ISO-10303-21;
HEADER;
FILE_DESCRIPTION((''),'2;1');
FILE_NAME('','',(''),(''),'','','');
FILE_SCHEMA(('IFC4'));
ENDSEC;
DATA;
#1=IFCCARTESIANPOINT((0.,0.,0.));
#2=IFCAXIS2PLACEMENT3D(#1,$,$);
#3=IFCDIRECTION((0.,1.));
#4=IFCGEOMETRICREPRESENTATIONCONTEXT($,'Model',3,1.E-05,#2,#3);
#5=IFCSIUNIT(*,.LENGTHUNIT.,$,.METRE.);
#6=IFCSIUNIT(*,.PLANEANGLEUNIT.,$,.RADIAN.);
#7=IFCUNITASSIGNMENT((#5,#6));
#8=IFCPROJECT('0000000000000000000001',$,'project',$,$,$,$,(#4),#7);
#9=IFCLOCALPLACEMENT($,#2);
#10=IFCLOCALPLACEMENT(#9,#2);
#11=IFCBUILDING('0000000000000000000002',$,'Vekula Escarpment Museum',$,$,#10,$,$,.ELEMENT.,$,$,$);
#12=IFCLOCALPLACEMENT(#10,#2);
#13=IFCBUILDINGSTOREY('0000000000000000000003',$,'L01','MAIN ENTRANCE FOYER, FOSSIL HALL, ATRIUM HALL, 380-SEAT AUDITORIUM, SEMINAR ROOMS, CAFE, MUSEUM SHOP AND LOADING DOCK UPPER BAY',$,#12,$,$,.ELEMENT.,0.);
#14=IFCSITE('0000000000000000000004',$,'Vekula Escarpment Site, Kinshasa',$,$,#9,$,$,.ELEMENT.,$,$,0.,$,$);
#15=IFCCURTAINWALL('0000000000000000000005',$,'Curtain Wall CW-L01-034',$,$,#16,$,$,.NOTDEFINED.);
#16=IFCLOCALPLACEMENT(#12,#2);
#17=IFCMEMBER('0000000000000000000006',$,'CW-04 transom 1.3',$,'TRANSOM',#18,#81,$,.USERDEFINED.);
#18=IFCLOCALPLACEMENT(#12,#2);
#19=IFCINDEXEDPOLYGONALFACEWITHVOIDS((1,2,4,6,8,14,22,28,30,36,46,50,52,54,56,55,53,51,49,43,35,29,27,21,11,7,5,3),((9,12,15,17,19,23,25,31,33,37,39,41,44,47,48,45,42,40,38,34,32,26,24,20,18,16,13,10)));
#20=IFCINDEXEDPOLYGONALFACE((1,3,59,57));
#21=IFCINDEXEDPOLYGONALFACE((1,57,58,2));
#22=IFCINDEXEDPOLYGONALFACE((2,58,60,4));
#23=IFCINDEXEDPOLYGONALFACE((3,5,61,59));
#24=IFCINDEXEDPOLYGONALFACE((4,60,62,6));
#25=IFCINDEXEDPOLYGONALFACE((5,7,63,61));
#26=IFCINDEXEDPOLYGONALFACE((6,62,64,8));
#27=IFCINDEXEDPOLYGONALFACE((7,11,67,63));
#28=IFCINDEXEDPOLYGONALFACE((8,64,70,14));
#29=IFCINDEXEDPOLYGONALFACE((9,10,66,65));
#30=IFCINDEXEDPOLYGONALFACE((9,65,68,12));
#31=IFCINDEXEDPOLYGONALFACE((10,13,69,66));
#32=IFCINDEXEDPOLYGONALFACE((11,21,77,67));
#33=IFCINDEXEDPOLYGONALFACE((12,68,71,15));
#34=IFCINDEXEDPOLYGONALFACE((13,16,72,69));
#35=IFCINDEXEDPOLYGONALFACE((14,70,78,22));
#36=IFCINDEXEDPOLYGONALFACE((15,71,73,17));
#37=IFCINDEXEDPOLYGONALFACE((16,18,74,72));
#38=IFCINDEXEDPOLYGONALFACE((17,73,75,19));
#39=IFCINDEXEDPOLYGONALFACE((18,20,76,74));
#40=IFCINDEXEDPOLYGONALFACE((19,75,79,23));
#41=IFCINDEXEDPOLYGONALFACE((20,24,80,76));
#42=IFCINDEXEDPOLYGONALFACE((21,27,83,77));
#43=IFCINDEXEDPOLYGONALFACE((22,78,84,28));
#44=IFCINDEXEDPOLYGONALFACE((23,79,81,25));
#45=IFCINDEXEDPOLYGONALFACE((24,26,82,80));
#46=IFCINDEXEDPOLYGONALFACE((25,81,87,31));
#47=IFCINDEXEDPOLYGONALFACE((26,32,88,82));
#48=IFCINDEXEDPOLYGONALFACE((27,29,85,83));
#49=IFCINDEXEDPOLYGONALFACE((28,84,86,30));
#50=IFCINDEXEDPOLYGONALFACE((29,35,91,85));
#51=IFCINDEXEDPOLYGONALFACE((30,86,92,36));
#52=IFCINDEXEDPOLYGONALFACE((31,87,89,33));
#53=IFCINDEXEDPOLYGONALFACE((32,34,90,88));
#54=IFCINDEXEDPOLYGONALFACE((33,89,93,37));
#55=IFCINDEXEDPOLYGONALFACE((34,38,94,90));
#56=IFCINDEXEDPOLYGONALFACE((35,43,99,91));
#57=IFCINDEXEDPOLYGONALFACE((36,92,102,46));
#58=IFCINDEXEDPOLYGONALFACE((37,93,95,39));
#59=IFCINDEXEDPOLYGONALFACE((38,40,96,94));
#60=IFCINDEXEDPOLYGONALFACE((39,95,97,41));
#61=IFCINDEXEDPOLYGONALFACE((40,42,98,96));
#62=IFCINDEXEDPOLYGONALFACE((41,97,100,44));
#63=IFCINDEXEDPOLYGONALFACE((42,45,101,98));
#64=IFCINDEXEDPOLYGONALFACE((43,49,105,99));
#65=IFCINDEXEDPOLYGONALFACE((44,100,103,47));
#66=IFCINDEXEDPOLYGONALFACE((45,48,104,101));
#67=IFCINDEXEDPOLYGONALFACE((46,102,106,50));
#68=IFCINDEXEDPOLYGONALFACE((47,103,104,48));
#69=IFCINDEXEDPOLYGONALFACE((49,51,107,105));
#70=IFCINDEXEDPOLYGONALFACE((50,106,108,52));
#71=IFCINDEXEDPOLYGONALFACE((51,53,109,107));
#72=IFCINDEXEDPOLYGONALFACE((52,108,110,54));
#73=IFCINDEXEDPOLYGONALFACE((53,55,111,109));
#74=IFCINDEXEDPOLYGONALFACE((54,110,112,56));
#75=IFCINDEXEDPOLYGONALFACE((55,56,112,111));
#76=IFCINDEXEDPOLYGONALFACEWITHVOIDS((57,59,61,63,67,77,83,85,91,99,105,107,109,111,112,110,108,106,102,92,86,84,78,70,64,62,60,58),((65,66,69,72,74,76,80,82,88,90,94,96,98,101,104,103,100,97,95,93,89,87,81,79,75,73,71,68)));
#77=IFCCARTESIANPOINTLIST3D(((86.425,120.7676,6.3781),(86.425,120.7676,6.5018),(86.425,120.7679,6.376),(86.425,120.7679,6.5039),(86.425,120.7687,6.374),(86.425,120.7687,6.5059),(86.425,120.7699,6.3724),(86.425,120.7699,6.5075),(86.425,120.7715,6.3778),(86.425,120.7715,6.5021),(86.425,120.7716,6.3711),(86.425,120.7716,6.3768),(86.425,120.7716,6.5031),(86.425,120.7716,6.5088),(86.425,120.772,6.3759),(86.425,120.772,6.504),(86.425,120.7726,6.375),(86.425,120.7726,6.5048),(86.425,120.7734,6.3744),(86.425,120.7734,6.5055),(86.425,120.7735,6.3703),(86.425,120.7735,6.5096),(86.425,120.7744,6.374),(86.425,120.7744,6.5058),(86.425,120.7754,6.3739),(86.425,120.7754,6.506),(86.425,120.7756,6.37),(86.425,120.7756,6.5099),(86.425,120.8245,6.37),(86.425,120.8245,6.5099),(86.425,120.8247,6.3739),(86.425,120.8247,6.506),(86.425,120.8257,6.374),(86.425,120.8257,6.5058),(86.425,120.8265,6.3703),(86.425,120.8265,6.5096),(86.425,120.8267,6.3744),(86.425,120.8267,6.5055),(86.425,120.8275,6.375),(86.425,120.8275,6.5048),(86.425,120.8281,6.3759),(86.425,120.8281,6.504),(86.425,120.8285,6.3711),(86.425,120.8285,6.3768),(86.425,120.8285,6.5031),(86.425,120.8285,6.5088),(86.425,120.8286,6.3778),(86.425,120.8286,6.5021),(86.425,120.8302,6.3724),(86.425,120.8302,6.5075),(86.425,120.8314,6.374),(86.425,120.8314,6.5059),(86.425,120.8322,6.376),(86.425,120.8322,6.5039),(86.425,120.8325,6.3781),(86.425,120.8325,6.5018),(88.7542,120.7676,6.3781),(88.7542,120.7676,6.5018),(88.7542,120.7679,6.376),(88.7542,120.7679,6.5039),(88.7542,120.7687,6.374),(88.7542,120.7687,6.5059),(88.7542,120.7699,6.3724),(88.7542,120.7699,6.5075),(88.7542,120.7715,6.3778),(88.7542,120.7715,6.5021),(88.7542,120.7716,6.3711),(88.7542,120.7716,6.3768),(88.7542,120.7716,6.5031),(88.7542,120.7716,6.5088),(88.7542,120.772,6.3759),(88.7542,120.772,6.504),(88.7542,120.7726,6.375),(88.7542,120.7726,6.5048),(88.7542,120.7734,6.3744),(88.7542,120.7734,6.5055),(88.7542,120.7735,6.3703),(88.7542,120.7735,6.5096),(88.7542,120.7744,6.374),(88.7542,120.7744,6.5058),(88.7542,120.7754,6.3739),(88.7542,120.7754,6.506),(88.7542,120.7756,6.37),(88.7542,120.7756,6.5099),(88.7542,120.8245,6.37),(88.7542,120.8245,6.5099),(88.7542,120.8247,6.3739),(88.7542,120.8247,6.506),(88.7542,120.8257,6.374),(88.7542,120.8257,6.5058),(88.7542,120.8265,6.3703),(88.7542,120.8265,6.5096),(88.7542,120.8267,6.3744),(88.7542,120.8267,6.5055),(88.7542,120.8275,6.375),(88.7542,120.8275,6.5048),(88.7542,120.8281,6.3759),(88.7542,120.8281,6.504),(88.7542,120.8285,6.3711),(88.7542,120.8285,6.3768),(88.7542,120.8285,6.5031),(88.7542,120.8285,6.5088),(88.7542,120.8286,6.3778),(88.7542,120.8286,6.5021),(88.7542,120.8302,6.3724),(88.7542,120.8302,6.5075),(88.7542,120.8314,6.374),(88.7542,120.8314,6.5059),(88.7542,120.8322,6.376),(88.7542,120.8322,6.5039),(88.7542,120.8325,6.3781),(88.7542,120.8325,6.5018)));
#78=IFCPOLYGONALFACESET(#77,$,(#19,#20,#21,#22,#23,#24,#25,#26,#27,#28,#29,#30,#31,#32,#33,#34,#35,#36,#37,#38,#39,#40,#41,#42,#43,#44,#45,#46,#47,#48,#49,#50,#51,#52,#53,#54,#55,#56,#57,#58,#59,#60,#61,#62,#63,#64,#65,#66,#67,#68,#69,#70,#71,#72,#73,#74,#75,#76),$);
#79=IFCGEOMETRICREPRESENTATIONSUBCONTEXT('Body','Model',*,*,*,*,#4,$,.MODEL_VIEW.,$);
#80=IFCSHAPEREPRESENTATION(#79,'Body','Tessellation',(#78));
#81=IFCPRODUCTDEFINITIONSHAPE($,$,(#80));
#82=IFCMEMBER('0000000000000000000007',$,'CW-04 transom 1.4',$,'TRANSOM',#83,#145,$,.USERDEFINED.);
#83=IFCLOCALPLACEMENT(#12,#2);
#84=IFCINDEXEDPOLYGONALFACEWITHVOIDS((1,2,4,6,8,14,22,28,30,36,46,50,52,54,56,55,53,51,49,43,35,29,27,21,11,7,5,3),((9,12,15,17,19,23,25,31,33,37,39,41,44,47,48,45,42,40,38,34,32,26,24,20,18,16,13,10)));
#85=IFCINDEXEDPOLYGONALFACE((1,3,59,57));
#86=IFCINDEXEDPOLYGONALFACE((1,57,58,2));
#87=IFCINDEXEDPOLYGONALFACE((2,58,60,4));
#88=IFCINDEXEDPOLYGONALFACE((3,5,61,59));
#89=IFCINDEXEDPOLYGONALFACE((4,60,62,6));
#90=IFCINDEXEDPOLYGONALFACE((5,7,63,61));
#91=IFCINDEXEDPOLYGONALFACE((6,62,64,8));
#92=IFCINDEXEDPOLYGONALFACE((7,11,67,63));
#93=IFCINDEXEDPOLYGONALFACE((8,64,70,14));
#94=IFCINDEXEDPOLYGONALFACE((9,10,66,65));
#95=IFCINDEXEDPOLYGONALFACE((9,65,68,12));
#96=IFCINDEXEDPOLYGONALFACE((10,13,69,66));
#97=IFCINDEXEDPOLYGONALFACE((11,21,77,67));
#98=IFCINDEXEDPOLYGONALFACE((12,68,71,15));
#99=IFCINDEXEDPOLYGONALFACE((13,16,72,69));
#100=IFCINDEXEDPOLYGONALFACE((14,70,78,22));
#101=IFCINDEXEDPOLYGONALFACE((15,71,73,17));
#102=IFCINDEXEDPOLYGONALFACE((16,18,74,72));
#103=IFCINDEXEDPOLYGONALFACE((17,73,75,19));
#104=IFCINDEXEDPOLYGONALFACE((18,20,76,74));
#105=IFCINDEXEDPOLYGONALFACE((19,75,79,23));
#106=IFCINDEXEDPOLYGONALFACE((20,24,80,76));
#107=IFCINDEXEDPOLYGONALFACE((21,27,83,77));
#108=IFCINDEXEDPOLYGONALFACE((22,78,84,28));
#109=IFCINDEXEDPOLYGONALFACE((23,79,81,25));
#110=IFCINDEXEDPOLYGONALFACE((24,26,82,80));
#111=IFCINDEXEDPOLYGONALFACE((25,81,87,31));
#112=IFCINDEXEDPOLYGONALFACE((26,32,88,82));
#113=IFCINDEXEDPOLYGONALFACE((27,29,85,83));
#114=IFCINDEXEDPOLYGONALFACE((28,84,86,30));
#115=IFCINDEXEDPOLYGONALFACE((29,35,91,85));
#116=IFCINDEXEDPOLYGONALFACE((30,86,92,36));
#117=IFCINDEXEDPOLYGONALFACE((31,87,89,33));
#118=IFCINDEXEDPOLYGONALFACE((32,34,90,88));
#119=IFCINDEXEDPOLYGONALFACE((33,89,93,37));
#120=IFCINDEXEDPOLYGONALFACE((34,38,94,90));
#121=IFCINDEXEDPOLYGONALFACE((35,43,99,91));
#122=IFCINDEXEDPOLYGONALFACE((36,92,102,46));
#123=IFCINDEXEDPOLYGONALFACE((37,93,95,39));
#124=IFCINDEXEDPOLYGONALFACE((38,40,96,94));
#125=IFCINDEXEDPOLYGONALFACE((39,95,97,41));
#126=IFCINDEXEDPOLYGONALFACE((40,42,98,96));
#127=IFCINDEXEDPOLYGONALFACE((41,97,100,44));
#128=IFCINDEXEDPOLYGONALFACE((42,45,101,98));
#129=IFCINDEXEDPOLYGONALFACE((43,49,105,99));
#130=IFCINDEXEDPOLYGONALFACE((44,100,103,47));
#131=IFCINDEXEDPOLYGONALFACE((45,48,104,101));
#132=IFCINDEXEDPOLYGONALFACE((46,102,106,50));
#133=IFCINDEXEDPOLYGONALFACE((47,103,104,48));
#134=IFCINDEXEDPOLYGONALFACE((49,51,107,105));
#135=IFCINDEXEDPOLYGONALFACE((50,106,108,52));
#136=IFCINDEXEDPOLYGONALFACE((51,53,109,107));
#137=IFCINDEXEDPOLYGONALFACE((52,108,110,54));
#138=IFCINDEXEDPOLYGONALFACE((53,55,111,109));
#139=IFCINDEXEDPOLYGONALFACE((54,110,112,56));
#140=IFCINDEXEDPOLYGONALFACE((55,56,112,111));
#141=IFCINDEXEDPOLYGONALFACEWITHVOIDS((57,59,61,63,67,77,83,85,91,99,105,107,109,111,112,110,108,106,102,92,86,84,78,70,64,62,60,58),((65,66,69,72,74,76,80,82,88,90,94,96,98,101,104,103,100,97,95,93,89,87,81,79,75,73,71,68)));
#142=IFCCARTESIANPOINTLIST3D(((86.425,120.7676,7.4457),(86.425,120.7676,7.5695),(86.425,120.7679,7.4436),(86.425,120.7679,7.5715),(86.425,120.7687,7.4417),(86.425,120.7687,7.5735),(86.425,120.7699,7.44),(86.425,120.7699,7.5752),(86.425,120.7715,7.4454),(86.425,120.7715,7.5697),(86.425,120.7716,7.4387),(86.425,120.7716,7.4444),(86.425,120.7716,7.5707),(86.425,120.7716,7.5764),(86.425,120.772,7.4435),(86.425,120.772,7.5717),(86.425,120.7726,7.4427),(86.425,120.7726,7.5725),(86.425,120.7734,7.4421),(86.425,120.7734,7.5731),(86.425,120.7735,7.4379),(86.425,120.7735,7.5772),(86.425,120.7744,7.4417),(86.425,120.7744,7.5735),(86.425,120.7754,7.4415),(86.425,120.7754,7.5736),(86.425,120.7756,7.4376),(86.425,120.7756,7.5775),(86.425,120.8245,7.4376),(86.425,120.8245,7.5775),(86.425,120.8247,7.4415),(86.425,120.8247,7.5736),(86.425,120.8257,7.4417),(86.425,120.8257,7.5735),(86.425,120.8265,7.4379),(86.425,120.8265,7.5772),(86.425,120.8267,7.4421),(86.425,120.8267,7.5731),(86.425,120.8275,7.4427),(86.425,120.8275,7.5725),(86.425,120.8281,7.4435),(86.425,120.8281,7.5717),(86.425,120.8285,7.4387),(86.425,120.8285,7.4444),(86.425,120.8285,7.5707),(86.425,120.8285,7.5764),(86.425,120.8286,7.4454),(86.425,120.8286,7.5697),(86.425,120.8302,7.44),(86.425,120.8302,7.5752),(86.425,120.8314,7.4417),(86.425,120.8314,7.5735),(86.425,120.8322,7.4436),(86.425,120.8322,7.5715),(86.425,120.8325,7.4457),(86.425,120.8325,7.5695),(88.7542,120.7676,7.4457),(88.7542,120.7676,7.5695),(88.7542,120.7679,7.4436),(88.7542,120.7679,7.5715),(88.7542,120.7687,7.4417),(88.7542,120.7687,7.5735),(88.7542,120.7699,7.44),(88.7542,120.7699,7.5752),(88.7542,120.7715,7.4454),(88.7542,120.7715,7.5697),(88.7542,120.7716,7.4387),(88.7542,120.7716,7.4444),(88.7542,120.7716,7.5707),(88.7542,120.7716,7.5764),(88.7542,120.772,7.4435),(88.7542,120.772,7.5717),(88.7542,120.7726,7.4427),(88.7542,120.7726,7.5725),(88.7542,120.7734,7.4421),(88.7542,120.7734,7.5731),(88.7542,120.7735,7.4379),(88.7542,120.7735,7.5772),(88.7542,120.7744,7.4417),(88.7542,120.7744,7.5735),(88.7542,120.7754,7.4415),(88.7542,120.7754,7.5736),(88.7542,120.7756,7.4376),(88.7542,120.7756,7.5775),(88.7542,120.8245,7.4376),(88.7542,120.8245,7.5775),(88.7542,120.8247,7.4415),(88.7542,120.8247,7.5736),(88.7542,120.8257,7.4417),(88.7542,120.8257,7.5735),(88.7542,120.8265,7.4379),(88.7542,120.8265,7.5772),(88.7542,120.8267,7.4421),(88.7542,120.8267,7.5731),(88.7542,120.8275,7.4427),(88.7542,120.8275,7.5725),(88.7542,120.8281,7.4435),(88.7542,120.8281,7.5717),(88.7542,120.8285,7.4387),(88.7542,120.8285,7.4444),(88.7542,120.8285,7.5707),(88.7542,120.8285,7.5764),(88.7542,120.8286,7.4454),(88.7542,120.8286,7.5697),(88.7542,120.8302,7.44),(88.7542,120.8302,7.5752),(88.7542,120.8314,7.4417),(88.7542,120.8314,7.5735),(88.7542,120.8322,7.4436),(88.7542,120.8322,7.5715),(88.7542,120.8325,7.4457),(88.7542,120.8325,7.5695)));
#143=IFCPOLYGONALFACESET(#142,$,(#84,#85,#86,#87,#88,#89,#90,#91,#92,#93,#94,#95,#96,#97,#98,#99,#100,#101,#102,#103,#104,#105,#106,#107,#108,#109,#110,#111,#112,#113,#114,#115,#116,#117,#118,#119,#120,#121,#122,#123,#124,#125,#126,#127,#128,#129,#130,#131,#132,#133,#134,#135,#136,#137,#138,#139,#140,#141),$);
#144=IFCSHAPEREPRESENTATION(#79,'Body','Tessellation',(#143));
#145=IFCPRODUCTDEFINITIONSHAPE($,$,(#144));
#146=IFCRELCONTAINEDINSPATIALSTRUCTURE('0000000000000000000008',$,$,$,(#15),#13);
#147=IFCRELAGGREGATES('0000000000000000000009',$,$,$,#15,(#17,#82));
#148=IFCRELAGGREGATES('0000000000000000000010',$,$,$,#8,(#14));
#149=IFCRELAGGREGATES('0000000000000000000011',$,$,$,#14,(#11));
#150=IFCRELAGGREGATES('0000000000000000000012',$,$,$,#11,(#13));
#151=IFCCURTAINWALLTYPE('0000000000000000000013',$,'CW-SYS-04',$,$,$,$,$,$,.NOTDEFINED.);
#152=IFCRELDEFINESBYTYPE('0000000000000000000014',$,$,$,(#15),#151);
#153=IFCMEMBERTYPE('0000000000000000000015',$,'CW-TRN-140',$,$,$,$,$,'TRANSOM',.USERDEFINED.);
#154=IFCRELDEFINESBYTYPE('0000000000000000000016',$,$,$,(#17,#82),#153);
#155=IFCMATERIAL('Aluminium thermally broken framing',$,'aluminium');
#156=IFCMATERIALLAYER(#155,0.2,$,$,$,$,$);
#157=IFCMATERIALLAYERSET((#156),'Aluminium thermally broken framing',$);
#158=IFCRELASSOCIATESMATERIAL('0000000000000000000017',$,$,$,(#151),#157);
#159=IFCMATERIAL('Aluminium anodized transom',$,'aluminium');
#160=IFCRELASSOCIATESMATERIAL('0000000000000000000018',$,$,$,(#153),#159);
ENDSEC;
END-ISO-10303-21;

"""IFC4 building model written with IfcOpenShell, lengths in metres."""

from ifc_helpers import new_model, si_unit, direction, frame, origin, origin_2d, place, context, subcontext, project, spatial, hollow_rectangle, extrude, material, layer, layer_set, material_profile, profile_set, type_object, element, aggregate, save


model = new_model("IFC4")

# Units and contexts
model_context = context("Model", 3, precision=1e-05, world=origin(), true_north=direction((0.0, 1.0)))
body_context = subcontext(model_context, "Body", "Model", "MODEL_VIEW")
ifc_project = project(units=[si_unit("LENGTHUNIT", "METRE"), si_unit("PLANEANGLEUNIT", "RADIAN")], contexts=[model_context])

# Site, building, storey
site_placement = place(None, origin())
site = spatial("IfcSite", under=ifc_project, at=site_placement, Name="Vekula Escarpment Site, Kinshasa", CompositionType="ELEMENT", RefElevation=0.0)
building_placement = place(site_placement, origin())
building = spatial("IfcBuilding", under=site, at=building_placement, Name="Vekula Escarpment Museum", CompositionType="ELEMENT")
storey_placement = place(building_placement, origin())
storey = spatial("IfcBuildingStorey", under=building, at=storey_placement, Name="L01", Description="MAIN ENTRANCE FOYER, FOSSIL HALL, ATRIUM HALL, 380-SEAT AUDITORIUM, SEMINAR ROOMS, CAFE, MUSEUM SHOP AND LOADING DOCK UPPER BAY", CompositionType="ELEMENT", Elevation=0.0)

# Curtain wall
ifc_material_1 = material(Name="Aluminium thermally broken framing", Category="aluminium")
ifc_layer_1 = layer(ifc_material_1, 0.2)
ifc_layer_set_1 = layer_set([ifc_layer_1], Name="Aluminium thermally broken framing")
curtain_wall_type_1 = type_object("IfcCurtainWallType", Name="CW-SYS-04", PredefinedType="NOTDEFINED", material=ifc_layer_set_1)
curtain_wall_1_placement = place(storey_placement, origin())
curtain_wall_1 = element("IfcCurtainWall", 1, at=curtain_wall_1_placement, inside=storey, type_object=curtain_wall_type_1, Name="Curtain Wall CW-L01-034", PredefinedType="NOTDEFINED")

# Members
ifc_material_2 = material(Name="Aluminium anodized transom", Category="aluminium")
ifc_material_profile_1 = material_profile(ifc_material_2, hollow_rectangle(XDim=0.0649, YDim=0.1399, WallThickness=0.0039, InnerFilletRadius=0.0039, OuterFilletRadius=0.0081, at=origin_2d()), Name="ALU 140x65x4")
ifc_profile_set_1 = profile_set([ifc_material_profile_1], Name="Aluminium anodized transom")
member_type_1 = type_object("IfcMemberType", Name="CW-TRN-140", ElementType="TRANSOM", PredefinedType="USERDEFINED", material=ifc_profile_set_1)
member_1_placement = place(storey_placement, frame((86.425, 120.8, 6.4399), z_axis=(1.0, 0.0, 0.0), x_axis=(0.0, 1.0, 0.0)))
member_1 = element("IfcMember", 2, at=member_1_placement, type_object=member_type_1, Name="CW-04 transom 1.3", ObjectType="TRANSOM", PredefinedType="USERDEFINED", context=body_context, shape_type="SweptSolid", body=[
    extrude(hollow_rectangle(XDim=0.0649, YDim=0.1399, WallThickness=0.0039, InnerFilletRadius=0.0039, OuterFilletRadius=0.0081, at=origin_2d()), origin(), (0.0, 0.0, 1.0), 2.3291),
])
member_2_placement = place(storey_placement, frame((86.425, 120.8, 7.5076), z_axis=(1.0, 0.0, 0.0), x_axis=(0.0, 1.0, 0.0)))
member_2 = element("IfcMember", 3, at=member_2_placement, type_object=member_type_1, Name="CW-04 transom 1.4", ObjectType="TRANSOM", PredefinedType="USERDEFINED", context=body_context, shape_type="SweptSolid", body=[
    extrude(hollow_rectangle(XDim=0.0649, YDim=0.1399, WallThickness=0.0039, InnerFilletRadius=0.0039, OuterFilletRadius=0.0081, at=origin_2d()), origin(), (0.0, 0.0, 1.0), 2.3291),
])

aggregate(curtain_wall_1, [member_1, member_2])

save(model, "model.ifc")
